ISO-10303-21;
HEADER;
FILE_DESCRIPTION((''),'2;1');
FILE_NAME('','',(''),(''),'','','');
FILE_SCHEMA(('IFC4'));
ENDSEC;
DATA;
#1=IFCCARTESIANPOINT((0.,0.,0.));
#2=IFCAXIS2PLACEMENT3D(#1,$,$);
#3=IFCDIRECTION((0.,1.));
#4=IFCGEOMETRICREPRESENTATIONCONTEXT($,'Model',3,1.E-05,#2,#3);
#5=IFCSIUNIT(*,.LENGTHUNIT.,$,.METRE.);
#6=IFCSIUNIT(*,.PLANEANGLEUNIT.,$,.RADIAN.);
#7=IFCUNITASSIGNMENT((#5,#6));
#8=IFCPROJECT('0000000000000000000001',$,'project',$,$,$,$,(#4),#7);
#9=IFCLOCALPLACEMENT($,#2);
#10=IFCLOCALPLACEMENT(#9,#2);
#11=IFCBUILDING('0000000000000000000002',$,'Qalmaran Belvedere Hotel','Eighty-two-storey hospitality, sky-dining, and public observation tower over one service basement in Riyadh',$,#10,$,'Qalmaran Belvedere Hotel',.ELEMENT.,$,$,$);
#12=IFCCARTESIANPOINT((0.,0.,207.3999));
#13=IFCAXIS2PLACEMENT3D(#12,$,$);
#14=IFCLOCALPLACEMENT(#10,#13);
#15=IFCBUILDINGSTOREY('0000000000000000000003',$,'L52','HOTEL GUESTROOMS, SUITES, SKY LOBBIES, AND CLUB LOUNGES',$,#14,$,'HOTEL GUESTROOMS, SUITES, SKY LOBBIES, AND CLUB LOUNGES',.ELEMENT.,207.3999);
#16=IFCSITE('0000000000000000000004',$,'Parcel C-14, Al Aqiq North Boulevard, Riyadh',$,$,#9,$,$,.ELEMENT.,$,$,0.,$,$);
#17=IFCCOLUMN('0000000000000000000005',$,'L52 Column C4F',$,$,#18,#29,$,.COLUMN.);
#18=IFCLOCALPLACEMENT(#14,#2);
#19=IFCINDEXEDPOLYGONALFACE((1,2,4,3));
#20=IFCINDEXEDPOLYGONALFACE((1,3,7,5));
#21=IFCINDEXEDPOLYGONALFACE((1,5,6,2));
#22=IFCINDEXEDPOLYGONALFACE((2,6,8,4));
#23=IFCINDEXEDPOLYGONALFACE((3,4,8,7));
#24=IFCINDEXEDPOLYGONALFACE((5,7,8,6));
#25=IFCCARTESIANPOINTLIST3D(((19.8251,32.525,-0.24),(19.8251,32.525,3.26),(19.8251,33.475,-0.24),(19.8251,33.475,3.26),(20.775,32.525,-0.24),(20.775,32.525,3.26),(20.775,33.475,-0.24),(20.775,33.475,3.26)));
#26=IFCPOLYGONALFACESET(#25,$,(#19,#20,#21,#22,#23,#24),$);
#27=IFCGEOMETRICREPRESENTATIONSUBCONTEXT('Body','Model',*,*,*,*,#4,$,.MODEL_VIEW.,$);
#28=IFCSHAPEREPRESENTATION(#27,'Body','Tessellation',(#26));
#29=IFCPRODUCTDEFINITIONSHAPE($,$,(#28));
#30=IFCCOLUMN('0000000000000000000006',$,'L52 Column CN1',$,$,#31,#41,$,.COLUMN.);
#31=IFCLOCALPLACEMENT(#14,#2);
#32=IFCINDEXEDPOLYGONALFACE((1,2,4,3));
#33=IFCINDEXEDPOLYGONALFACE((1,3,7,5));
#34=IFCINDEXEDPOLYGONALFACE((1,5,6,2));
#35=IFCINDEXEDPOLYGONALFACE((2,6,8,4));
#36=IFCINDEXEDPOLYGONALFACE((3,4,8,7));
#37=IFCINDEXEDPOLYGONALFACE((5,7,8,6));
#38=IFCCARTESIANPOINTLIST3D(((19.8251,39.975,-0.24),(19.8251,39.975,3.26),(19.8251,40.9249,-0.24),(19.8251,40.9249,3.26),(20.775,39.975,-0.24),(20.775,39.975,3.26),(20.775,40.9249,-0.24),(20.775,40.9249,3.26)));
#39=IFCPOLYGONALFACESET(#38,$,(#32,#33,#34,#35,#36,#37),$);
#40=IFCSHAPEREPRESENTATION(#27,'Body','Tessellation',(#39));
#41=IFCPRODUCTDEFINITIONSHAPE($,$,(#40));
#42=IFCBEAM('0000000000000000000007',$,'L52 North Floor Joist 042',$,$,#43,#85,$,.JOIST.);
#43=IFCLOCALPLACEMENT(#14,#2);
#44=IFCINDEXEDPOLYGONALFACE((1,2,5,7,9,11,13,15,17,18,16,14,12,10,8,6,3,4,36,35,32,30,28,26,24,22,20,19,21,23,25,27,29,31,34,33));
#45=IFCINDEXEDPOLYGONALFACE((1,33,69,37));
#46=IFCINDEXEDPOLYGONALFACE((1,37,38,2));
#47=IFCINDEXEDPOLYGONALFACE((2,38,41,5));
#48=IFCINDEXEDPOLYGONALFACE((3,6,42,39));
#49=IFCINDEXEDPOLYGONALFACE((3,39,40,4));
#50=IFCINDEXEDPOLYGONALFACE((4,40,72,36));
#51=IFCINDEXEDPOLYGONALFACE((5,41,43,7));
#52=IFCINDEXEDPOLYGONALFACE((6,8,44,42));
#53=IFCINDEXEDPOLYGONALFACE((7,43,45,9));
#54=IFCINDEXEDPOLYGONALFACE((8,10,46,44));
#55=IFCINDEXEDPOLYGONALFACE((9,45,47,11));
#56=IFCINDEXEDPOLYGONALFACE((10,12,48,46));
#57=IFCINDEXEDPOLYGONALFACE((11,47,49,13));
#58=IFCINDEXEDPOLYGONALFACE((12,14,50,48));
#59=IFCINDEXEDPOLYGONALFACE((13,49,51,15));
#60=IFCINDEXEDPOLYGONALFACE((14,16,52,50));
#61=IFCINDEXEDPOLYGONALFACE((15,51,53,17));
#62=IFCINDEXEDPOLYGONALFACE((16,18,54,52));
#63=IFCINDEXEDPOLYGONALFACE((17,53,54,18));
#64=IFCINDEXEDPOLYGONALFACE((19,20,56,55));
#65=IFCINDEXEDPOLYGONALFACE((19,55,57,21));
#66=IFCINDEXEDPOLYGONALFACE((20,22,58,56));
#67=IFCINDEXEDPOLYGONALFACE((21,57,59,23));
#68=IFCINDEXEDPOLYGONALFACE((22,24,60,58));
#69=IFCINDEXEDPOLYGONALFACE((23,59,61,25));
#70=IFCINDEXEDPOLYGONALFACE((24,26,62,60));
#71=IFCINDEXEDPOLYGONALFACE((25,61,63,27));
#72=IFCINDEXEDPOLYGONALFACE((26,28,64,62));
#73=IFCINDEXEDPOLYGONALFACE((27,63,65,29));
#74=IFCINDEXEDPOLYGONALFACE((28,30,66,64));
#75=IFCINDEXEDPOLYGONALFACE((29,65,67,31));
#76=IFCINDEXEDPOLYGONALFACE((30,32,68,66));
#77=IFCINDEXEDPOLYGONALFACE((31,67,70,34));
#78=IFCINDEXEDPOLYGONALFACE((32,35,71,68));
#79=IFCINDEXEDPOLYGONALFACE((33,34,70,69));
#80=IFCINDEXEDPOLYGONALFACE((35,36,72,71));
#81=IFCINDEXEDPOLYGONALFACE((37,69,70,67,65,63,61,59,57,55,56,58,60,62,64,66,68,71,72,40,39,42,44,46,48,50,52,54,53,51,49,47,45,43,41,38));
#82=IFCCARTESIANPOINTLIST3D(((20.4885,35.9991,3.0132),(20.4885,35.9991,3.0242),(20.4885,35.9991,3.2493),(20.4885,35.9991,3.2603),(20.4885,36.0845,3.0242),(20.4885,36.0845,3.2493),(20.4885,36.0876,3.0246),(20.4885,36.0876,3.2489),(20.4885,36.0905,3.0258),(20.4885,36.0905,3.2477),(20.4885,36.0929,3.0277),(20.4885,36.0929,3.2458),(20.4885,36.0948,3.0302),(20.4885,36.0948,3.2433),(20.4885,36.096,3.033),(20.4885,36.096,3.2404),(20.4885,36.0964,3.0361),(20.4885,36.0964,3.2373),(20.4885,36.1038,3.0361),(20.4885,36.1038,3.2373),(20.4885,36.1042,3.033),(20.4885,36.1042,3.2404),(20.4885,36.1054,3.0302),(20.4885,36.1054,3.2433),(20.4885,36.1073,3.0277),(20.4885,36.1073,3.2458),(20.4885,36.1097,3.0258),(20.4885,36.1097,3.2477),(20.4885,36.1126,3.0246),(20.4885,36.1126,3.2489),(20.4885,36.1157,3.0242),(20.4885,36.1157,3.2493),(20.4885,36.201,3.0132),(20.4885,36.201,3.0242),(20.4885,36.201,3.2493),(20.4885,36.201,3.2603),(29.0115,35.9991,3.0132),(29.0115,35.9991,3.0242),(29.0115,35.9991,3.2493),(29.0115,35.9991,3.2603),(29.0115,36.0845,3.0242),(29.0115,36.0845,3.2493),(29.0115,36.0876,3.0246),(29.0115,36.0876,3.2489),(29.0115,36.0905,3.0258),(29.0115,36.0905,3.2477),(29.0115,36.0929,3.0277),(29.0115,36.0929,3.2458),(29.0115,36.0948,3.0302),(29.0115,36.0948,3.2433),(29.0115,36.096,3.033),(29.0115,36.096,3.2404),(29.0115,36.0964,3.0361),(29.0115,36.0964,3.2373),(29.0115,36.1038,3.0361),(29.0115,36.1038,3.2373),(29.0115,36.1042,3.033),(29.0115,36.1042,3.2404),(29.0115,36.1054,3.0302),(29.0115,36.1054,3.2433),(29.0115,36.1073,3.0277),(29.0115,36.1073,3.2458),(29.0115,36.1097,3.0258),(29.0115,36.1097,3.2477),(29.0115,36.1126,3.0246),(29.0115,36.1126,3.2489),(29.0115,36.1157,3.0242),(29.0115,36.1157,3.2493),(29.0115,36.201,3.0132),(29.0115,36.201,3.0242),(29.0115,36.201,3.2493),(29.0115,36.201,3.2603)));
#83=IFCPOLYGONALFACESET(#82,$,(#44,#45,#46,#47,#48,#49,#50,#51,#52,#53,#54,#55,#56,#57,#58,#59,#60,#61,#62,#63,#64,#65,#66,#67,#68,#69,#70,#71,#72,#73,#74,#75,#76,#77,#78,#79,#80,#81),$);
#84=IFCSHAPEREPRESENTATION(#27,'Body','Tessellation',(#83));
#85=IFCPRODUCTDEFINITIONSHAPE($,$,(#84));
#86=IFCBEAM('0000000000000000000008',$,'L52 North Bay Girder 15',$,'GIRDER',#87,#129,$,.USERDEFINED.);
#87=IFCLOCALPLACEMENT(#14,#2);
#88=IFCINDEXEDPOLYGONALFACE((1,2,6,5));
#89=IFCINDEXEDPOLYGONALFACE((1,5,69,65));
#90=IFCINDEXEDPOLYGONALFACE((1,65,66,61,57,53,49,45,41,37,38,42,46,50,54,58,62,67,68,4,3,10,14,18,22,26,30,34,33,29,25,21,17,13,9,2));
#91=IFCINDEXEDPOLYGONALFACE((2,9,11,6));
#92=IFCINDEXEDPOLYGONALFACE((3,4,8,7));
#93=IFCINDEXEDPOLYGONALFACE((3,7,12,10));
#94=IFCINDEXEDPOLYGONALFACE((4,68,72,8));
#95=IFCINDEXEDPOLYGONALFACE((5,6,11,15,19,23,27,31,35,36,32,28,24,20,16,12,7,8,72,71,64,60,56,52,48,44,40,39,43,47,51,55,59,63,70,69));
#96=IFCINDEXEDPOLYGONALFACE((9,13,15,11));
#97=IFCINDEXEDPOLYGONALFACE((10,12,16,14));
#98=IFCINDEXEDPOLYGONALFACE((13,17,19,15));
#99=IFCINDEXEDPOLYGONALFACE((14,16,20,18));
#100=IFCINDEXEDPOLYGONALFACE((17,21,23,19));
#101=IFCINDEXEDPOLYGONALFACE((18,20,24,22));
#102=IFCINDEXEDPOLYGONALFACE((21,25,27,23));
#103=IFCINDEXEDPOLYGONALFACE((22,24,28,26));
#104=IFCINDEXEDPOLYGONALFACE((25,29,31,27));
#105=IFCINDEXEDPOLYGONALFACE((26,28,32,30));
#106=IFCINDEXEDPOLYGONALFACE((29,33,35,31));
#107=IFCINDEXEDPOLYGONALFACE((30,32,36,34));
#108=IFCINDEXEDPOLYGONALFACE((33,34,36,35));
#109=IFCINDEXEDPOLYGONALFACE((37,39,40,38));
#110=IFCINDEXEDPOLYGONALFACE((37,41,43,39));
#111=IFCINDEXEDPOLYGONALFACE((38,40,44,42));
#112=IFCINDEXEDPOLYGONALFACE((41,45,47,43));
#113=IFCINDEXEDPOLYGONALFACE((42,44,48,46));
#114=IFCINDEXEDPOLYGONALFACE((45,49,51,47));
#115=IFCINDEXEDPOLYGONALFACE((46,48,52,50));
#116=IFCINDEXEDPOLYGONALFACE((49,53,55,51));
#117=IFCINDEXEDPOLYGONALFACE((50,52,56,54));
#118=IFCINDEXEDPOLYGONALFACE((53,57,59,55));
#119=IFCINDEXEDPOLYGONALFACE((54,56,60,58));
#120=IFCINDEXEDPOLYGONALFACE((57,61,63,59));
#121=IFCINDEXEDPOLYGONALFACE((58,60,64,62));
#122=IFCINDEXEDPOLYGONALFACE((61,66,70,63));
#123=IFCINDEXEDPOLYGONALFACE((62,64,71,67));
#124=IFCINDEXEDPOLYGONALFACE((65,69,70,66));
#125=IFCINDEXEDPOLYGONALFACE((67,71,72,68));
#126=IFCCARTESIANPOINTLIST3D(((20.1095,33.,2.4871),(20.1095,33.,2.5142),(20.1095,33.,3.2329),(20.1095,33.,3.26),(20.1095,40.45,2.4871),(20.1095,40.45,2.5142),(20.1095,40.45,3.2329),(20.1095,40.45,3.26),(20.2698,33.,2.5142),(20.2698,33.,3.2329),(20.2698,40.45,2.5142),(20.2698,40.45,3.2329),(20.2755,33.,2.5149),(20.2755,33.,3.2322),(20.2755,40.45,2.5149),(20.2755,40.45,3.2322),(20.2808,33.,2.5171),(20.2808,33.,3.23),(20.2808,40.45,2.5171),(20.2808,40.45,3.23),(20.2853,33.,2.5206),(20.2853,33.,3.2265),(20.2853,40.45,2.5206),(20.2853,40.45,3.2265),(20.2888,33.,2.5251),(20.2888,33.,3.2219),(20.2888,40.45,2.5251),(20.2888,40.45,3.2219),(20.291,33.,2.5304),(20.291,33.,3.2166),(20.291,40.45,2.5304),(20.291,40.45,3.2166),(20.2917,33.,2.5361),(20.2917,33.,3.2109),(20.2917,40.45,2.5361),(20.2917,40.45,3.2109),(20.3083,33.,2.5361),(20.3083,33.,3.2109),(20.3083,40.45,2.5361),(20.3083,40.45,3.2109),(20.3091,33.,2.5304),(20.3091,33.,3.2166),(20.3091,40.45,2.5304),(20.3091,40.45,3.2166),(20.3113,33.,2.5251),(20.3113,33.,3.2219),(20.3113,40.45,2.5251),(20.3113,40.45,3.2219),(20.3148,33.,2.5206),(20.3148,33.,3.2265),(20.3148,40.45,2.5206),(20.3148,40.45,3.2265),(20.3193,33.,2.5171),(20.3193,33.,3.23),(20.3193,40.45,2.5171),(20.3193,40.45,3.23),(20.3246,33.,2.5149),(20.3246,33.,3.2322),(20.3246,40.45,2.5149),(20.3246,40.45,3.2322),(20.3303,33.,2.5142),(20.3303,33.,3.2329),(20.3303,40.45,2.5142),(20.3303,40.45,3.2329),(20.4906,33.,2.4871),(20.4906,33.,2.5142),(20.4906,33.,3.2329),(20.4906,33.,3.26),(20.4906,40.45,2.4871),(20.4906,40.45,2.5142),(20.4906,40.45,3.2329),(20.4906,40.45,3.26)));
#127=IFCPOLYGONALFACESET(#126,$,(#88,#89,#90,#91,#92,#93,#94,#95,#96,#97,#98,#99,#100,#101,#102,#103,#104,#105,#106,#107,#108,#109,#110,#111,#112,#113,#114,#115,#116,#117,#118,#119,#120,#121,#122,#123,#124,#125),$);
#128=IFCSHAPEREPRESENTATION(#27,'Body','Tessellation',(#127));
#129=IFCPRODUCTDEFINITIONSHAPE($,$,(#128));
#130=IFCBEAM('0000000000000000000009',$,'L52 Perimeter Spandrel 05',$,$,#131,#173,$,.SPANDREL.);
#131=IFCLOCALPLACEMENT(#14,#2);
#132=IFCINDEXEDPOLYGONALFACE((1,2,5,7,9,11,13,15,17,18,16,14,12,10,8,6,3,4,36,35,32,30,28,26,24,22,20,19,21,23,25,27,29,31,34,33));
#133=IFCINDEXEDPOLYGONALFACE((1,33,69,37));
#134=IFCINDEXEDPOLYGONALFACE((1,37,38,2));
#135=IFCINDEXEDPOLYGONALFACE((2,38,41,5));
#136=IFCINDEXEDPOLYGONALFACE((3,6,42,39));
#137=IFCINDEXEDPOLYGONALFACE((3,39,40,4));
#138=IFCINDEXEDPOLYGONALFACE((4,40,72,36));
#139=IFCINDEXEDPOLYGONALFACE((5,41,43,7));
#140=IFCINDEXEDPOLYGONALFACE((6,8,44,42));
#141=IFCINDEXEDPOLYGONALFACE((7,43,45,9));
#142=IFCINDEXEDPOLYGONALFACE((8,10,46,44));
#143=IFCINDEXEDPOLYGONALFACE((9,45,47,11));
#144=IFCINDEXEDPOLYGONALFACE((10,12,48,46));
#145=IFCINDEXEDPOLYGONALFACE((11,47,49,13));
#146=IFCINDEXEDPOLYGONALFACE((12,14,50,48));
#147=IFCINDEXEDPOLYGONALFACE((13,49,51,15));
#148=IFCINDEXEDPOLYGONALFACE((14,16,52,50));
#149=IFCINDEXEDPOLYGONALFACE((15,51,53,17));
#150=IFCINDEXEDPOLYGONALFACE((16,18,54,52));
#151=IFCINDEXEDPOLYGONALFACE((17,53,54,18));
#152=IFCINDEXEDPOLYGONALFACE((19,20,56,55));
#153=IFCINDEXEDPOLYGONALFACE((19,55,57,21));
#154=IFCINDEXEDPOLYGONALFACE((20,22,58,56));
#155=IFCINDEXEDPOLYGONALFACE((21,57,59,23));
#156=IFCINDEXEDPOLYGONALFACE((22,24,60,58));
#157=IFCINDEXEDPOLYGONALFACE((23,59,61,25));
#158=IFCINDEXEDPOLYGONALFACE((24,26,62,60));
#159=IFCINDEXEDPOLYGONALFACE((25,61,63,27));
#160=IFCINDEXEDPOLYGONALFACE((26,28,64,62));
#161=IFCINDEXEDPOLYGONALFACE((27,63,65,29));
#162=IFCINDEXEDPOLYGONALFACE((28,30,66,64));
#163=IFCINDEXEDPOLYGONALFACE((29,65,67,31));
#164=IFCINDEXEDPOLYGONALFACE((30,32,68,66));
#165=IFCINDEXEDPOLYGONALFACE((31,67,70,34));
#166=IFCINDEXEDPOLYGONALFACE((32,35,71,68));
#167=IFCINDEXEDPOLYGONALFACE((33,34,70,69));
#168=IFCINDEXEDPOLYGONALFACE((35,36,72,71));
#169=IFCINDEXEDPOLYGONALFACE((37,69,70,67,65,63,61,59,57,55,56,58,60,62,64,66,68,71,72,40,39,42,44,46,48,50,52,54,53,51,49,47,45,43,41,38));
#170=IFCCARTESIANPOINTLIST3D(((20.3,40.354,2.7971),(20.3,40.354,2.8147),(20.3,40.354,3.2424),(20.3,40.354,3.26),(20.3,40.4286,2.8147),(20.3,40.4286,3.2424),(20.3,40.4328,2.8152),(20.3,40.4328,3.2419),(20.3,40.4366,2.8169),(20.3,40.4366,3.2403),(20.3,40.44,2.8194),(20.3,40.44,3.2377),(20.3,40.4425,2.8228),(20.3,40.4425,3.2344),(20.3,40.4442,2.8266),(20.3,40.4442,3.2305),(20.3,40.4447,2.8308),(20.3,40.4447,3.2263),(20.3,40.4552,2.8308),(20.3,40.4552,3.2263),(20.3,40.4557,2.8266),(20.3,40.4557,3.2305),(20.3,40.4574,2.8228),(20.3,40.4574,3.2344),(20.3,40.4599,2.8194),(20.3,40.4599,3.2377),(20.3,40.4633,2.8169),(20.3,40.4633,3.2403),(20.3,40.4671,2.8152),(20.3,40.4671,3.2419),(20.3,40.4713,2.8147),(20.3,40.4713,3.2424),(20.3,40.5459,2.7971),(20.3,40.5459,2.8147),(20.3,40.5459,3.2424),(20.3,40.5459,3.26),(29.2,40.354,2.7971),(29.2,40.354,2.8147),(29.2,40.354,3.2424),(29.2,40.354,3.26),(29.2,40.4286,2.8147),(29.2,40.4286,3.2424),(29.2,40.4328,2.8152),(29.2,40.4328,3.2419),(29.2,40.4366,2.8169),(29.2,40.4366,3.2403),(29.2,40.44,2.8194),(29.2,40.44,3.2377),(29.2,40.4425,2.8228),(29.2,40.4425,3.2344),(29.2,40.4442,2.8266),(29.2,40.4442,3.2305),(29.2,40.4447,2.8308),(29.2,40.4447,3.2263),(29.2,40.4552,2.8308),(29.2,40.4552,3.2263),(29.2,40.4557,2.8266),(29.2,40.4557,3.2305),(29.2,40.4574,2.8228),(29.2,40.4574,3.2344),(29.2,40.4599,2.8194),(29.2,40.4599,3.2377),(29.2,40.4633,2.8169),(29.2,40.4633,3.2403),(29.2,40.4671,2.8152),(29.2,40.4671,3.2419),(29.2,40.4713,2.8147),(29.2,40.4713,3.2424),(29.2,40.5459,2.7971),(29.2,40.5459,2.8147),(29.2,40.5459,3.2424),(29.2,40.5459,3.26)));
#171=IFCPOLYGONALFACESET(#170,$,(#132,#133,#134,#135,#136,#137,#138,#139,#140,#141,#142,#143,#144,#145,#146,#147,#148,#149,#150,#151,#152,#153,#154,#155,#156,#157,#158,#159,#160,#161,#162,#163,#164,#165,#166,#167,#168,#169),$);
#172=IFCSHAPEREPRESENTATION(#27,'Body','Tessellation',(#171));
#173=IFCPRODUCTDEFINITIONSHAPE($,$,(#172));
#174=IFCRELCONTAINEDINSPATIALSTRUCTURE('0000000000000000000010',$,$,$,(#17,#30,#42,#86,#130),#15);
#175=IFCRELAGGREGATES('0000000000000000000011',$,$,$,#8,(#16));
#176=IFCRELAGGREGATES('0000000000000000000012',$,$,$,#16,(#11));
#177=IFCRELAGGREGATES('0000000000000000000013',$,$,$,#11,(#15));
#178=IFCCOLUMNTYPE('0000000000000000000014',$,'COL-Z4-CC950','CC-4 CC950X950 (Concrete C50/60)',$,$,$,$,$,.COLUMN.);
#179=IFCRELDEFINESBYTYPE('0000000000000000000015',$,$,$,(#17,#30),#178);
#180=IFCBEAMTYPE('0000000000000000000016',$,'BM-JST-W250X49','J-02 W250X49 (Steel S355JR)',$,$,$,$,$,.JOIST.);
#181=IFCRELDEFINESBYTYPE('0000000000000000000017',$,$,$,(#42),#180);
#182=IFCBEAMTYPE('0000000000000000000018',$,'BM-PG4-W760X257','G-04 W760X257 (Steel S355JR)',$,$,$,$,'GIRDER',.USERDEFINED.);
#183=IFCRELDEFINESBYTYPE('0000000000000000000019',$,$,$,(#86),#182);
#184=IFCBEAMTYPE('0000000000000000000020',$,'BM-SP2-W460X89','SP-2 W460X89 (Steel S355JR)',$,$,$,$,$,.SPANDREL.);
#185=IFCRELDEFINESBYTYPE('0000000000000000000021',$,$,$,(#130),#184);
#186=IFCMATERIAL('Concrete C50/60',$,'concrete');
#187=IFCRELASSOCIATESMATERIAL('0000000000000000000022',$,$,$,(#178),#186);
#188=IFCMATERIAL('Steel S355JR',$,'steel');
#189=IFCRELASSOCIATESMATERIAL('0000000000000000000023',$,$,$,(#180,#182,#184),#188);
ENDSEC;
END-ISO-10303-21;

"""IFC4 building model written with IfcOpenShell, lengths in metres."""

from ifc_helpers import new_model, si_unit, direction, frame, origin, origin_2d, place, context, subcontext, project, spatial, rectangle, i_section, extrude, material, material_profile, profile_set, type_object, element, save


model = new_model("IFC4")

# Units and contexts
model_context = context("Model", 3, precision=1e-05, world=origin(), true_north=direction((0.0, 1.0)))
body_context = subcontext(model_context, "Body", "Model", "MODEL_VIEW")
ifc_project = project(units=[si_unit("LENGTHUNIT", "METRE"), si_unit("PLANEANGLEUNIT", "RADIAN")], contexts=[model_context])

# Site, building, storey
site_placement = place(None, origin())
site = spatial("IfcSite", under=ifc_project, at=site_placement, Name="Parcel C-14, Al Aqiq North Boulevard, Riyadh", CompositionType="ELEMENT", RefElevation=0.0)
building_placement = place(site_placement, origin())
building = spatial("IfcBuilding", under=site, at=building_placement, Name="Qalmaran Belvedere Hotel", Description="Eighty-two-storey hospitality, sky-dining, and public observation tower over one service basement in Riyadh", LongName="Qalmaran Belvedere Hotel", CompositionType="ELEMENT")
storey_placement = place(building_placement, frame((0.0, 0.0, 207.3999)))
storey = spatial("IfcBuildingStorey", under=building, at=storey_placement, Name="L52", Description="HOTEL GUESTROOMS, SUITES, SKY LOBBIES, AND CLUB LOUNGES", LongName="HOTEL GUESTROOMS, SUITES, SKY LOBBIES, AND CLUB LOUNGES", CompositionType="ELEMENT", Elevation=207.3999)

# Columns
ifc_material_1 = material(Name="Concrete C50/60", Category="concrete")
ifc_material_profile_1 = material_profile(ifc_material_1, rectangle(XDim=0.95, YDim=0.95, at=origin_2d()), Name="CC950X950")
ifc_profile_set_1 = profile_set([ifc_material_profile_1], Name="Concrete C50/60")
column_type = type_object("IfcColumnType", Name="COL-Z4-CC950", Description="CC-4 CC950X950 (Concrete C50/60)", PredefinedType="COLUMN", material=ifc_profile_set_1)
for number, where, z_axis, x_axis, name in (
    (1, (20.3, 33.0, -0.24), (0.0, 0.0, 1.0), (1.0, 0.0, 0.0), "L52 Column C4F"),
    (2, (20.3, 40.45, -0.24), (0.0, 0.0, 1.0), (1.0, 0.0, 0.0), "L52 Column CN1"),
):
    element("IfcColumn", number, at=place(storey_placement, frame(where, z_axis=z_axis, x_axis=x_axis)), inside=storey, type_object=column_type, Name=name, PredefinedType="COLUMN", context=body_context, shape_type="SweptSolid", body=[
        extrude(rectangle(XDim=0.95, YDim=0.95, at=origin_2d()), origin(), (0.0, 0.0, 1.0), 3.5),
    ])

# Beams
ifc_material_2 = material(Name="Steel S355JR", Category="steel")
ifc_material_profile_2 = material_profile(ifc_material_2, i_section(OverallWidth=0.2019, OverallDepth=0.2471, WebThickness=0.0073, FlangeThickness=0.011, FilletRadius=0.012, at=origin_2d()), Name="W250X49")
ifc_profile_set_2 = profile_set([ifc_material_profile_2], Name="Steel S355JR")
beam_type_1 = type_object("IfcBeamType", Name="BM-JST-W250X49", Description="J-02 W250X49 (Steel S355JR)", PredefinedType="JOIST", material=ifc_profile_set_2)
beam_1_placement = place(storey_placement, frame((20.4885, 36.1001, 3.1367), z_axis=(1.0, 0.0, 0.0), x_axis=(0.0, 1.0, 0.0)))
element("IfcBeam", 3, at=beam_1_placement, inside=storey, type_object=beam_type_1, Name="L52 North Floor Joist 042", PredefinedType="JOIST", context=body_context, shape_type="SweptSolid", body=[
    extrude(i_section(OverallWidth=0.2019, OverallDepth=0.2471, WebThickness=0.0073, FlangeThickness=0.011, FilletRadius=0.012, at=origin_2d()), origin(), (0.0, 0.0, 1.0), 8.5229),
])
ifc_material_profile_3 = material_profile(ifc_material_2, i_section(OverallWidth=0.3811, OverallDepth=0.7729, WebThickness=0.0166, FlangeThickness=0.0271, FilletRadius=0.022, at=origin_2d()), Name="W760X257")
ifc_profile_set_3 = profile_set([ifc_material_profile_3], Name="Steel S355JR")
beam_type_2 = type_object("IfcBeamType", Name="BM-PG4-W760X257", Description="G-04 W760X257 (Steel S355JR)", ElementType="GIRDER", PredefinedType="USERDEFINED", material=ifc_profile_set_3)
beam_2_placement = place(storey_placement, frame((20.3, 33.0, 2.8735), z_axis=(0.0, 1.0, 0.0), x_axis=(-1.0, 0.0, 0.0)))
element("IfcBeam", 4, at=beam_2_placement, inside=storey, type_object=beam_type_2, Name="L52 North Bay Girder 15", ObjectType="GIRDER", PredefinedType="USERDEFINED", context=body_context, shape_type="SweptSolid", body=[
    extrude(i_section(OverallWidth=0.3811, OverallDepth=0.7729, WebThickness=0.0166, FlangeThickness=0.0271, FilletRadius=0.022, at=origin_2d()), origin(), (0.0, 0.0, 1.0), 7.45),
])
ifc_material_profile_4 = material_profile(ifc_material_2, i_section(OverallWidth=0.1919, OverallDepth=0.4629, WebThickness=0.0105, FlangeThickness=0.0176, FilletRadius=0.0161, at=origin_2d()), Name="W460X89")
ifc_profile_set_4 = profile_set([ifc_material_profile_4], Name="Steel S355JR")
beam_type_3 = type_object("IfcBeamType", Name="BM-SP2-W460X89", Description="SP-2 W460X89 (Steel S355JR)", PredefinedType="SPANDREL", material=ifc_profile_set_4)
beam_3_placement = place(storey_placement, frame((20.3, 40.45, 3.0286), z_axis=(1.0, 0.0, 0.0), x_axis=(0.0, 1.0, 0.0)))
element("IfcBeam", 5, at=beam_3_placement, inside=storey, type_object=beam_type_3, Name="L52 Perimeter Spandrel 05", PredefinedType="SPANDREL", context=body_context, shape_type="SweptSolid", body=[
    extrude(i_section(OverallWidth=0.1919, OverallDepth=0.4629, WebThickness=0.0105, FlangeThickness=0.0176, FilletRadius=0.0161, at=origin_2d()), origin(), (0.0, 0.0, 1.0), 8.8999),
])

save(model, "model.ifc")
